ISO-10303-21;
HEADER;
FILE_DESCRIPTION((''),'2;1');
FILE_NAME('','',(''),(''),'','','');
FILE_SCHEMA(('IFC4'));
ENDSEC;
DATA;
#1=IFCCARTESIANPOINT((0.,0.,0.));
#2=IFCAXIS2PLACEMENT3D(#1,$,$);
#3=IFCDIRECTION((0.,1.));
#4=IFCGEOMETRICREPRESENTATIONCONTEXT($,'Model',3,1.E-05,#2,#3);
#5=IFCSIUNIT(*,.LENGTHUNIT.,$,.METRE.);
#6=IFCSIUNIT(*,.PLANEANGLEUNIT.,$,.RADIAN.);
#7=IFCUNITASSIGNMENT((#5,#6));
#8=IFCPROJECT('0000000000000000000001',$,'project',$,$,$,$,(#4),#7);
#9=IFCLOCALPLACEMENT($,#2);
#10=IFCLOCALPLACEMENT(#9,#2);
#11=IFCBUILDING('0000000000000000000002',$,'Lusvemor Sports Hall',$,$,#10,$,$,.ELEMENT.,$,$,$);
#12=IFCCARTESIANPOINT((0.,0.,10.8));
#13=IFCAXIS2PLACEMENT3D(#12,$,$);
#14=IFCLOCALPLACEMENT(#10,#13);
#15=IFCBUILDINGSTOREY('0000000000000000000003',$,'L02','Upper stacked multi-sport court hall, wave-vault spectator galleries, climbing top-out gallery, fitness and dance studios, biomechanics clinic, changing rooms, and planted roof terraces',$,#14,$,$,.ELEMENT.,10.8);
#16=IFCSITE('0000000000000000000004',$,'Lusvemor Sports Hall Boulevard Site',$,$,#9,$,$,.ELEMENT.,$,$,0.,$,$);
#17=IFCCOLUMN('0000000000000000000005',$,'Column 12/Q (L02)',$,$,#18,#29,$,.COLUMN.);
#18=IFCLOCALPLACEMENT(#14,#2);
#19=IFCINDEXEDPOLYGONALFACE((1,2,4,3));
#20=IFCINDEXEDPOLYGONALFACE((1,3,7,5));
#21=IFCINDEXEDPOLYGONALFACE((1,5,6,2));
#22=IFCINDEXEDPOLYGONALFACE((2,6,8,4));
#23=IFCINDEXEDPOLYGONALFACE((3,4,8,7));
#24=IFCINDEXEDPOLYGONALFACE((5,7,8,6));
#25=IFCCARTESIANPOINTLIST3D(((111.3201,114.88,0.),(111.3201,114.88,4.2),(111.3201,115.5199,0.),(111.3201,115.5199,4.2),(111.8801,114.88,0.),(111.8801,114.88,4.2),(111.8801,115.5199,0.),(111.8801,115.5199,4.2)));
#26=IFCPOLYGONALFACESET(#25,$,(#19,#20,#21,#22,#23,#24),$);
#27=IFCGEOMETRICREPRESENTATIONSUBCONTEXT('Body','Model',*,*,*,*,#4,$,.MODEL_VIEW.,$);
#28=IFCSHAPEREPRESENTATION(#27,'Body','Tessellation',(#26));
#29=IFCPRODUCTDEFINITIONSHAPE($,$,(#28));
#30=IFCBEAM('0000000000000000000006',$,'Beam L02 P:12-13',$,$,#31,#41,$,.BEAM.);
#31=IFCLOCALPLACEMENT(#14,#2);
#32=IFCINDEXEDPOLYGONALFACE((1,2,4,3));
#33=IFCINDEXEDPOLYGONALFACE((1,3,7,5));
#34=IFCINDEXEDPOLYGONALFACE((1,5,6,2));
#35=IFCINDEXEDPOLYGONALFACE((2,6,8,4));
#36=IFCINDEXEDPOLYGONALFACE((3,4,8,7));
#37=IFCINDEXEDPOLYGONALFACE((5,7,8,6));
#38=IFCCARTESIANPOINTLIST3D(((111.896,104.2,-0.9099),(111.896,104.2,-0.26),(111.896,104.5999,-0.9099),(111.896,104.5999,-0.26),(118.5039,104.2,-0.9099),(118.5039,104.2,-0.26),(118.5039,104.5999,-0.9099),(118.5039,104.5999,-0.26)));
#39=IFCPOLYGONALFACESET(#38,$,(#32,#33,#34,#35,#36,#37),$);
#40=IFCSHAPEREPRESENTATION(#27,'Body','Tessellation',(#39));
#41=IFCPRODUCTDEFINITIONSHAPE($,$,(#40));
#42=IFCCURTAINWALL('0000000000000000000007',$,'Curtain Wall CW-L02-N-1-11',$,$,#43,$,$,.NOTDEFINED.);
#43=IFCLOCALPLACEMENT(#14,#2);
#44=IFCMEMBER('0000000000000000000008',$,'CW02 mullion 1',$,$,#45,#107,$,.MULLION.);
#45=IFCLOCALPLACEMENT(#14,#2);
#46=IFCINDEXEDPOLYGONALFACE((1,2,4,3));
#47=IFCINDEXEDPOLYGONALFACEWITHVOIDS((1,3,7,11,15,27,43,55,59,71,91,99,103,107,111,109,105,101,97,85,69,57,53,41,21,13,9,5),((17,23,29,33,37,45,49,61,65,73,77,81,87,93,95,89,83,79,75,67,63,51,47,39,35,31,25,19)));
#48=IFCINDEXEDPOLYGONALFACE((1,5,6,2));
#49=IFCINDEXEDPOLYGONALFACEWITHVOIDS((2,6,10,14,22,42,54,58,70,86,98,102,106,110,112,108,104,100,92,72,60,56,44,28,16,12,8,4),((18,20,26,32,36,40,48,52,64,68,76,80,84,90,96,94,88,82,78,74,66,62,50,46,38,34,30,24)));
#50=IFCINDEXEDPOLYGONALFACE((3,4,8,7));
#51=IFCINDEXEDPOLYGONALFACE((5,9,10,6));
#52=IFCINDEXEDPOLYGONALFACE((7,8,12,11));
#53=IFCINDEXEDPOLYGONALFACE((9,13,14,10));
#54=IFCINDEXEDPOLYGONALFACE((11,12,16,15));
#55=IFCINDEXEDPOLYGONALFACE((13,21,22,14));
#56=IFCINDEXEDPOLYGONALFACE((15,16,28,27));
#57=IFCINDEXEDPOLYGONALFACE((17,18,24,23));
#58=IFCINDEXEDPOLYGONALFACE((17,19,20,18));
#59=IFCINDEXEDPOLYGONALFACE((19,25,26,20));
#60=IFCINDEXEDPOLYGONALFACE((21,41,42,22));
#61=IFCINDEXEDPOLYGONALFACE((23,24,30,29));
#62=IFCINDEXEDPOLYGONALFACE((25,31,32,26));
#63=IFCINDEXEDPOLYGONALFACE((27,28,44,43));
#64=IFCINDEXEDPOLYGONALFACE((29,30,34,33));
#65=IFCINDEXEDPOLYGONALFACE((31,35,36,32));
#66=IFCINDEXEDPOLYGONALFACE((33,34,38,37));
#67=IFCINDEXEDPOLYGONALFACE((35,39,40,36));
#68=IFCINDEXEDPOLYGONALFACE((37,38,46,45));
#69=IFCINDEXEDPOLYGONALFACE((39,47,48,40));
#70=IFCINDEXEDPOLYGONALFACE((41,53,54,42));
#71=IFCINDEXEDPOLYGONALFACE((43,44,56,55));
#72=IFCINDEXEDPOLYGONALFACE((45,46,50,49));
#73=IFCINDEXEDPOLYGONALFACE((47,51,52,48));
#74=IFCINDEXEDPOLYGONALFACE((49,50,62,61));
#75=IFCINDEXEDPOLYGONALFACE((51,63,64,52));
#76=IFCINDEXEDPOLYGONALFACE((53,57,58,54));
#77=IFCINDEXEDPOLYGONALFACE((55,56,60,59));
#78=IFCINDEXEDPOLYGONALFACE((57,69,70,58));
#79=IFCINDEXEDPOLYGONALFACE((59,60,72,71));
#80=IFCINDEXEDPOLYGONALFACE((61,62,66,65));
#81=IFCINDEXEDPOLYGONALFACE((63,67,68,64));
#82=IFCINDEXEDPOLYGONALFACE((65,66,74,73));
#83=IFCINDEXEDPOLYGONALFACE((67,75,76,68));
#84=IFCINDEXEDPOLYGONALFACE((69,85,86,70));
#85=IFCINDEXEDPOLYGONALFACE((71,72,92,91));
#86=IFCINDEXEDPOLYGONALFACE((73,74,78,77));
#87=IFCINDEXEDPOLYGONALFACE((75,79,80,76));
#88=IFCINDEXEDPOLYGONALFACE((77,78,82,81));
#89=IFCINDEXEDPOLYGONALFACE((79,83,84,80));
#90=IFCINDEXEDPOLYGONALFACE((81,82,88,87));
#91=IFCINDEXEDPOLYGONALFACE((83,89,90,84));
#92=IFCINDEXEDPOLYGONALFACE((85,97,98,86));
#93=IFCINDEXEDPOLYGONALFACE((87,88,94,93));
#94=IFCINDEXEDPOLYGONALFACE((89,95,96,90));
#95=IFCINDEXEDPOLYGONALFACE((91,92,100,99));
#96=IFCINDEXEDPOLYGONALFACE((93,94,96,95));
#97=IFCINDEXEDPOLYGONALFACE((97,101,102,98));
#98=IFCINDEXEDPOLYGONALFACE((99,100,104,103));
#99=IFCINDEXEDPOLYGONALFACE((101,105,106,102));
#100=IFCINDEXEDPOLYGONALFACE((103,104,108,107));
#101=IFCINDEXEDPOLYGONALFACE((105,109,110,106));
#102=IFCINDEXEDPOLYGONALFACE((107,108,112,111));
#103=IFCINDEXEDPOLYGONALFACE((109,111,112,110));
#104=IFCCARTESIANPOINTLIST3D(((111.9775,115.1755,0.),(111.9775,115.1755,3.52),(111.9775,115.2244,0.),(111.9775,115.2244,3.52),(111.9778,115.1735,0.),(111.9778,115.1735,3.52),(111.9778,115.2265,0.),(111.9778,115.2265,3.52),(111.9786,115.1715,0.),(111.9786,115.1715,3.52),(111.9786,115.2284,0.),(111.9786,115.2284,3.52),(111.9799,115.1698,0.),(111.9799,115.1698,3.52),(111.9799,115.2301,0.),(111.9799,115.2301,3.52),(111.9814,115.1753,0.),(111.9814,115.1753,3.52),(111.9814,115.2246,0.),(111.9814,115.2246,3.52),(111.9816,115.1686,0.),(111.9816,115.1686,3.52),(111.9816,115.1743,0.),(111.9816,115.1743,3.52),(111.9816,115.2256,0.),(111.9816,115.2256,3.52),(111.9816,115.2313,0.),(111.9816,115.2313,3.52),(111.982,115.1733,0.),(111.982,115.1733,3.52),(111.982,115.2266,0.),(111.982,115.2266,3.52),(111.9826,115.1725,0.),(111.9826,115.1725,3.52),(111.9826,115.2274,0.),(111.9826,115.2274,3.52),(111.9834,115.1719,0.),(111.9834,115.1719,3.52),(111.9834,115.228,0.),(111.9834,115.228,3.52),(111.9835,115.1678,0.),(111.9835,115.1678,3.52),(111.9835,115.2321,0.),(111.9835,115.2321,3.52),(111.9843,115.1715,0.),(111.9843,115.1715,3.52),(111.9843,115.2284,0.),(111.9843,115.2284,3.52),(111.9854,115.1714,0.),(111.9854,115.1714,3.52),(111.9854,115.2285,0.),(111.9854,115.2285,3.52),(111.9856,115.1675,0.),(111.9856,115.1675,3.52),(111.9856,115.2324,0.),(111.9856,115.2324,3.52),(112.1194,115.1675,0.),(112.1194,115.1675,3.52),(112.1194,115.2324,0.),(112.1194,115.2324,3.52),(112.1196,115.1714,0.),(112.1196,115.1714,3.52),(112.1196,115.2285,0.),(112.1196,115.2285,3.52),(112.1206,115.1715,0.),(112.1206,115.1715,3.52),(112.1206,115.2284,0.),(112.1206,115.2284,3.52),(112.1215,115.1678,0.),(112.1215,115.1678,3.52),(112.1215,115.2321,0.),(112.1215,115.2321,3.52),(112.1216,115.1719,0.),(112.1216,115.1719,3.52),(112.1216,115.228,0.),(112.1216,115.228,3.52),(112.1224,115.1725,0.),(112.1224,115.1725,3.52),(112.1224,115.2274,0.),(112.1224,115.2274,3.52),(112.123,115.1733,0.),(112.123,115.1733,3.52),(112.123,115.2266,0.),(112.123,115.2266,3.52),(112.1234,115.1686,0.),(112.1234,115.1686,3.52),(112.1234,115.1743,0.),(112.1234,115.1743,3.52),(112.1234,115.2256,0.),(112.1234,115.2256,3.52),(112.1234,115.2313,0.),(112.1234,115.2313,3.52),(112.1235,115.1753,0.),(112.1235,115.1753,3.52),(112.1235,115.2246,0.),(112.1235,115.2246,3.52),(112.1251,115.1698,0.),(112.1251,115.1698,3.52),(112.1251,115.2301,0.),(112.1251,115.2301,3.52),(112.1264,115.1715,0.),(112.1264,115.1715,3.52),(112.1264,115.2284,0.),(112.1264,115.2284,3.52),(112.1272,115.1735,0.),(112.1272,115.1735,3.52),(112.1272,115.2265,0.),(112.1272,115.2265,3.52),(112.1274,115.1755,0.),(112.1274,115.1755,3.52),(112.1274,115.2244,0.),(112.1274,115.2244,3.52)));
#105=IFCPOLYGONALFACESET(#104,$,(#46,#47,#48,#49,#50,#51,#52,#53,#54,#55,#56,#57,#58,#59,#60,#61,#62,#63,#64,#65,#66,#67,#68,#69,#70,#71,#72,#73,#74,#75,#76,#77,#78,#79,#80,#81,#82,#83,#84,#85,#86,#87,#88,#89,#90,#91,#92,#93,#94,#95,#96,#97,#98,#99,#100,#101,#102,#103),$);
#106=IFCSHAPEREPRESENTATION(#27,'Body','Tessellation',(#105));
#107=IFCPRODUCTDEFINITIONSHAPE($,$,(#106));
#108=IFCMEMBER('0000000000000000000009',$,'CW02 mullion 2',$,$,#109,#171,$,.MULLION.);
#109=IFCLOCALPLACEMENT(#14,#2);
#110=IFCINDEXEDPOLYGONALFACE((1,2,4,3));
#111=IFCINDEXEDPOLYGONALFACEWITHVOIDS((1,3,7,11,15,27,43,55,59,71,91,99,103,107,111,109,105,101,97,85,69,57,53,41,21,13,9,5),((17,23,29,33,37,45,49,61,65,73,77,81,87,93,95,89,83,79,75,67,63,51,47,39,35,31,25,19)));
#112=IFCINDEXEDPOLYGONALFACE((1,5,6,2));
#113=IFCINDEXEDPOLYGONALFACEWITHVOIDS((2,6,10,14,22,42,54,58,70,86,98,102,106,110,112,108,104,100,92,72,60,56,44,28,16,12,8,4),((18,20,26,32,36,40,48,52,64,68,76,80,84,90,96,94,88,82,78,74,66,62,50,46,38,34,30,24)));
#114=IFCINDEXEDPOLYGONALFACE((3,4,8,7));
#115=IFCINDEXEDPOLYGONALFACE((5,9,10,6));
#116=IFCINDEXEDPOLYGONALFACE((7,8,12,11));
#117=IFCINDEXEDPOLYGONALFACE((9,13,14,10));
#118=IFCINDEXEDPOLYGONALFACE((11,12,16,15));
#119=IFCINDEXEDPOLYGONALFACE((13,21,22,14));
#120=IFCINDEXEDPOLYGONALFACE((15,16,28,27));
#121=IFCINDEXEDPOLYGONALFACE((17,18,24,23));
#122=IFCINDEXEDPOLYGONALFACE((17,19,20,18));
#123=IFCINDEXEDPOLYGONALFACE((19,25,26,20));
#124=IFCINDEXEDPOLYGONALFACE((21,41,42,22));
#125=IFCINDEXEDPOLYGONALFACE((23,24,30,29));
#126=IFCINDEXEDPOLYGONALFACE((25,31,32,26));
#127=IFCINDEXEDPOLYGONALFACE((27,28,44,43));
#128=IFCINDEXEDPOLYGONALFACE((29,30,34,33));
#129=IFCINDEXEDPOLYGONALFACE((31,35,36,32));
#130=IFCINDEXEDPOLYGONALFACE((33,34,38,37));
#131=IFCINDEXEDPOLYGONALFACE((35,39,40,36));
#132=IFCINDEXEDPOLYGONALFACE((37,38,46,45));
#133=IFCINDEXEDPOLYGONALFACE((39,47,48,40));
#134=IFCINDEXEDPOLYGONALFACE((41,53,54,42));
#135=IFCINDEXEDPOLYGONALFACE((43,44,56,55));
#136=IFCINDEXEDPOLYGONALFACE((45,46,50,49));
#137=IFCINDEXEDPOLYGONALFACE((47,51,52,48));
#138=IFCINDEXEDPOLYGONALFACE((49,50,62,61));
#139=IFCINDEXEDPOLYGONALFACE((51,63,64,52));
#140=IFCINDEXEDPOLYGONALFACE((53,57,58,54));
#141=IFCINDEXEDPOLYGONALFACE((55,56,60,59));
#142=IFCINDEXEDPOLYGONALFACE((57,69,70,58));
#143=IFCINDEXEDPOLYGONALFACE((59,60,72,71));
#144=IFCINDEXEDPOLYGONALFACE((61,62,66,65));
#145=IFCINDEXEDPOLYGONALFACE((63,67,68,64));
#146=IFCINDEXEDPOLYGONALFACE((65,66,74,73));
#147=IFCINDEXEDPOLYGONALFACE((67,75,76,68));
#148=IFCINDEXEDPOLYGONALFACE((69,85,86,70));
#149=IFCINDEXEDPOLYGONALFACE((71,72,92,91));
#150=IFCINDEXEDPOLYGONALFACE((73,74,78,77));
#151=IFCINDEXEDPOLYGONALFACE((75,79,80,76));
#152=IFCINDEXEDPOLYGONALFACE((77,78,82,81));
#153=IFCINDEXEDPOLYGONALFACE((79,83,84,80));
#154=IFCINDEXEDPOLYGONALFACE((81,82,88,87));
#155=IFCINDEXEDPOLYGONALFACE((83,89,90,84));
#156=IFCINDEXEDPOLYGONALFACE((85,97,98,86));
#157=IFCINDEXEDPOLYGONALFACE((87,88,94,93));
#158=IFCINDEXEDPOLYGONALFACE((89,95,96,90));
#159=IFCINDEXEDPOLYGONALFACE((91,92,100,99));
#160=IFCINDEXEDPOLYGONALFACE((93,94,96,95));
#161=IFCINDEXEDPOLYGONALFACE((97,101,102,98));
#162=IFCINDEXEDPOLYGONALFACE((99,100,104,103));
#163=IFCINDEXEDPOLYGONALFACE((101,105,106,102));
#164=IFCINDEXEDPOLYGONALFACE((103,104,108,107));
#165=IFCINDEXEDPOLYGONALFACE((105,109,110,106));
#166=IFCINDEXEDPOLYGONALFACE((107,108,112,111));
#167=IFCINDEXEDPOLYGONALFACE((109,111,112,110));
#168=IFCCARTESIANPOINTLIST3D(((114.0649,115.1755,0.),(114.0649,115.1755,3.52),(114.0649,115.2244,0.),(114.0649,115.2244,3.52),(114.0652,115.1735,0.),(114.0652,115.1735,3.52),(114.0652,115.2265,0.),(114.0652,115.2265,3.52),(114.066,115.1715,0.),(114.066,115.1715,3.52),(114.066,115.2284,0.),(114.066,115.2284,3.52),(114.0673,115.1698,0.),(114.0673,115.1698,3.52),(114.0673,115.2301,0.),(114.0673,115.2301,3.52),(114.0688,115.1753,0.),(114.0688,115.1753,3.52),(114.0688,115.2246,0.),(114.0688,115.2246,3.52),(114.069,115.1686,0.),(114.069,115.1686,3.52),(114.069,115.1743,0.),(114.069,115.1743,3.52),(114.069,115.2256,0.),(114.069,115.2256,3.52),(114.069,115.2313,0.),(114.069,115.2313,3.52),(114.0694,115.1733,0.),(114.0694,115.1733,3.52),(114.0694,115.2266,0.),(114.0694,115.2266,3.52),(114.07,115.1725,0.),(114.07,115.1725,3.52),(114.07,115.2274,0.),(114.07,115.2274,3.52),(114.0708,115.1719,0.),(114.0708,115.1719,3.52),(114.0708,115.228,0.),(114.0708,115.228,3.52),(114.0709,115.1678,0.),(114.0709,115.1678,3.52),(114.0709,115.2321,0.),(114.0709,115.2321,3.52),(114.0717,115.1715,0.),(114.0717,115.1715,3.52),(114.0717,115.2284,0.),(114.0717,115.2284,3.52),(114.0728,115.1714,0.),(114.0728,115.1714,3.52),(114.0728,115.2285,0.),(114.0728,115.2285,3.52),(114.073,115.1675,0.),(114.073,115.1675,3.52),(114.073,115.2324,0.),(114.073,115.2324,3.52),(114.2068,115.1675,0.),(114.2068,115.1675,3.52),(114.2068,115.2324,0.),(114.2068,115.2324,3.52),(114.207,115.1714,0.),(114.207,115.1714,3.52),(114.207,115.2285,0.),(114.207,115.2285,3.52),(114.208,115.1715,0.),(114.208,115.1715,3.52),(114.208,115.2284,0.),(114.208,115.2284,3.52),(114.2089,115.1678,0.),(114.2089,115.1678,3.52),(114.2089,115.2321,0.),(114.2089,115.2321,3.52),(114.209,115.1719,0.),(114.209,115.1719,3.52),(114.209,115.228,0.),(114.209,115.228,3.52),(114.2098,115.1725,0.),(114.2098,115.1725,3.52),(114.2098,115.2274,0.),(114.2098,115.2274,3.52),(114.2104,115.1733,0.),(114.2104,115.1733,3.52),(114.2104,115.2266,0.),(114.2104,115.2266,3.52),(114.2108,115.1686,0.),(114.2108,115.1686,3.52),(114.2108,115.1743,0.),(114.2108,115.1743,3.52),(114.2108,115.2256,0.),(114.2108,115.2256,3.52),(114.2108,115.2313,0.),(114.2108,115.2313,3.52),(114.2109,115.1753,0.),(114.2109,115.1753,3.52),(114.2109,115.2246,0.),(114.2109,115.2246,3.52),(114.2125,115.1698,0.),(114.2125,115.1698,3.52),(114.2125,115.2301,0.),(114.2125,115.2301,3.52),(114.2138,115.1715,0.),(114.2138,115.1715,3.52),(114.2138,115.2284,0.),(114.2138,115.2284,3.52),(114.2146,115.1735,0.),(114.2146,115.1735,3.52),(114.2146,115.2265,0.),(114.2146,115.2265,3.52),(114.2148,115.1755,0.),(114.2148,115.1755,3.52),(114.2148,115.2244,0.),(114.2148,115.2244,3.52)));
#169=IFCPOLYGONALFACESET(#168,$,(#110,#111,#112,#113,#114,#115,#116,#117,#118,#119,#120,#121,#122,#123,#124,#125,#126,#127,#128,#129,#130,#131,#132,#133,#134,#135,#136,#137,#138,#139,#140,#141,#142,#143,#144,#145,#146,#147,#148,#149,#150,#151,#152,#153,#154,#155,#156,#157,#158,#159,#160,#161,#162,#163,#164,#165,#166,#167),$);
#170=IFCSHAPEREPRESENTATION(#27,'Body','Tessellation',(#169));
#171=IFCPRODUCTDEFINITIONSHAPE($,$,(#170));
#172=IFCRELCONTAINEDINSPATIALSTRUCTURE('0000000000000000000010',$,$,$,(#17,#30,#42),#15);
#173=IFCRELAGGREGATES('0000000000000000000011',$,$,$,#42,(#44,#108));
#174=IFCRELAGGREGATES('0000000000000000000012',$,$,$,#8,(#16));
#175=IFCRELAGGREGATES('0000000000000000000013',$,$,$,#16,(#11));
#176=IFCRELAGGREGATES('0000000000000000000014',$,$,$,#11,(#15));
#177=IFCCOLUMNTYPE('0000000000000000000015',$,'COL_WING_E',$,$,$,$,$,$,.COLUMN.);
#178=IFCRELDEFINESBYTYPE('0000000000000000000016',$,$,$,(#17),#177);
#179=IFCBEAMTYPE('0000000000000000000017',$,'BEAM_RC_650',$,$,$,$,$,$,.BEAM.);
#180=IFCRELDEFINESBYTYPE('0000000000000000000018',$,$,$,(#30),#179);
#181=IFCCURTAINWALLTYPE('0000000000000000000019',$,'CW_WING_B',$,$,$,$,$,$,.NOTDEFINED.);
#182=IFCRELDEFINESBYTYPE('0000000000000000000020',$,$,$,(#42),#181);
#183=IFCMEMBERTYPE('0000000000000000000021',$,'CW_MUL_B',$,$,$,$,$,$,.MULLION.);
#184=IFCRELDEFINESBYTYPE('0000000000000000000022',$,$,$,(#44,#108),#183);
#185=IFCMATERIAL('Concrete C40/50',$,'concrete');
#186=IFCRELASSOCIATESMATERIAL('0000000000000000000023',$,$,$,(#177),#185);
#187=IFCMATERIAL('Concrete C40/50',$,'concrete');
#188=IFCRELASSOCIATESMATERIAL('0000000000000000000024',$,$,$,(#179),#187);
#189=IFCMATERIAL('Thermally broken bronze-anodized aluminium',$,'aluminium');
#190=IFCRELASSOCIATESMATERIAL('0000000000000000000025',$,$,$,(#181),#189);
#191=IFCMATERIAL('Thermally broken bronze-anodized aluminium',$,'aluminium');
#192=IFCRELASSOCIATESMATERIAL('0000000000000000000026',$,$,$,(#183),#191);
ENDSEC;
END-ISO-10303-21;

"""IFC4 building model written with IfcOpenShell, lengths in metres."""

from ifc_helpers import new_model, si_unit, direction, frame, origin, origin_2d, place, context, subcontext, project, spatial, rectangle, hollow_rectangle, extrude, material, material_profile, profile_set, type_object, element, aggregate, save


model = new_model("IFC4")

# Units and contexts
model_context = context("Model", 3, precision=1e-05, world=origin(), true_north=direction((0.0, 1.0)))
body_context = subcontext(model_context, "Body", "Model", "MODEL_VIEW")
ifc_project = project(units=[si_unit("LENGTHUNIT", "METRE"), si_unit("PLANEANGLEUNIT", "RADIAN")], contexts=[model_context])

# Site, building, storey
site_placement = place(None, origin())
site = spatial("IfcSite", under=ifc_project, at=site_placement, Name="Lusvemor Sports Hall Boulevard Site", CompositionType="ELEMENT", RefElevation=0.0)
building_placement = place(site_placement, origin())
building = spatial("IfcBuilding", under=site, at=building_placement, Name="Lusvemor Sports Hall", CompositionType="ELEMENT")
storey_placement = place(building_placement, frame((0.0, 0.0, 10.8)))
storey = spatial("IfcBuildingStorey", under=building, at=storey_placement, Name="L02", Description="Upper stacked multi-sport court hall, wave-vault spectator galleries, climbing top-out gallery, fitness and dance studios, biomechanics clinic, changing rooms, and planted roof terraces", CompositionType="ELEMENT", Elevation=10.8)

# Column
ifc_material_1 = material(Name="Concrete C40/50", Category="concrete")
ifc_material_profile_1 = material_profile(ifc_material_1, rectangle(XDim=0.5601, YDim=0.6399, at=origin_2d()), Name="RC560x640")
ifc_profile_set_1 = profile_set([ifc_material_profile_1], Name="Concrete C40/50")
column_type = type_object("IfcColumnType", Name="COL_WING_E", PredefinedType="COLUMN", material=ifc_profile_set_1)
column_placement = place(storey_placement, frame((111.6001, 115.2, 0.0), z_axis=(0.0, 0.0, 1.0), x_axis=(1.0, 0.0, 0.0)))
element("IfcColumn", 1, at=column_placement, inside=storey, type_object=column_type, Name="Column 12/Q (L02)", PredefinedType="COLUMN", context=body_context, shape_type="SweptSolid", body=[
    extrude(rectangle(XDim=0.5601, YDim=0.6399, at=origin_2d()), origin(), (0.0, 0.0, 1.0), 4.2),
])

# Beam
ifc_material_2 = material(Name="Concrete C40/50", Category="concrete")
ifc_material_profile_2 = material_profile(ifc_material_2, rectangle(XDim=0.3999, YDim=0.6499, at=origin_2d()), Name="RC400x650")
ifc_profile_set_2 = profile_set([ifc_material_profile_2], Name="Concrete C40/50")
beam_type_1 = type_object("IfcBeamType", Name="BEAM_RC_650", PredefinedType="BEAM", material=ifc_profile_set_2)
beam_1_placement = place(storey_placement, frame((111.896, 104.3999, -0.585), z_axis=(1.0, 0.0, 0.0), x_axis=(0.0, 1.0, 0.0)))
element("IfcBeam", 2, at=beam_1_placement, inside=storey, type_object=beam_type_1, Name="Beam L02 P:12-13", PredefinedType="BEAM", context=body_context, shape_type="SweptSolid", body=[
    extrude(rectangle(XDim=0.3999, YDim=0.6499, at=origin_2d()), origin(), (0.0, 0.0, 1.0), 6.6079),
])

# Curtain wall, members
ifc_material_3 = material(Name="Thermally broken bronze-anodized aluminium", Category="aluminium")
curtain_wall_type = type_object("IfcCurtainWallType", Name="CW_WING_B", PredefinedType="NOTDEFINED", material=ifc_material_3)
curtain_wall_placement = place(storey_placement, origin())
curtain_wall = element("IfcCurtainWall", 3, at=curtain_wall_placement, inside=storey, type_object=curtain_wall_type, Name="Curtain Wall CW-L02-N-1-11", PredefinedType="NOTDEFINED")
ifc_material_4 = material(Name="Thermally broken bronze-anodized aluminium", Category="aluminium")
ifc_material_profile_3 = material_profile(ifc_material_4, hollow_rectangle(XDim=0.0649, YDim=0.1499, WallThickness=0.0039, InnerFilletRadius=0.0039, OuterFilletRadius=0.0081, at=origin_2d()), Name="CWMUL150x65x4")
ifc_profile_set_3 = profile_set([ifc_material_profile_3], Name="Thermally broken bronze-anodized aluminium")
member_type_1 = type_object("IfcMemberType", Name="CW_MUL_B", PredefinedType="MULLION", material=ifc_profile_set_3)
member_1_placement = place(storey_placement, frame((112.0525, 115.2, 0.0), z_axis=(0.0, 0.0, 1.0), x_axis=(0.0, 1.0, 0.0)))
member_1 = element("IfcMember", 4, at=member_1_placement, type_object=member_type_1, Name="CW02 mullion 1", PredefinedType="MULLION", context=body_context, shape_type="SweptSolid", body=[
    extrude(hollow_rectangle(XDim=0.0649, YDim=0.1499, WallThickness=0.0039, InnerFilletRadius=0.0039, OuterFilletRadius=0.0081, at=origin_2d()), origin(), (0.0, 0.0, 1.0), 3.52),
])
member_2_placement = place(storey_placement, frame((114.1399, 115.2, 0.0), z_axis=(0.0, 0.0, 1.0), x_axis=(0.0, 1.0, 0.0)))
member_2 = element("IfcMember", 5, at=member_2_placement, type_object=member_type_1, Name="CW02 mullion 2", PredefinedType="MULLION", context=body_context, shape_type="SweptSolid", body=[
    extrude(hollow_rectangle(XDim=0.0649, YDim=0.1499, WallThickness=0.0039, InnerFilletRadius=0.0039, OuterFilletRadius=0.0081, at=origin_2d()), origin(), (0.0, 0.0, 1.0), 3.52),
])

aggregate(curtain_wall, [member_1, member_2])

save(model, "model.ifc")
